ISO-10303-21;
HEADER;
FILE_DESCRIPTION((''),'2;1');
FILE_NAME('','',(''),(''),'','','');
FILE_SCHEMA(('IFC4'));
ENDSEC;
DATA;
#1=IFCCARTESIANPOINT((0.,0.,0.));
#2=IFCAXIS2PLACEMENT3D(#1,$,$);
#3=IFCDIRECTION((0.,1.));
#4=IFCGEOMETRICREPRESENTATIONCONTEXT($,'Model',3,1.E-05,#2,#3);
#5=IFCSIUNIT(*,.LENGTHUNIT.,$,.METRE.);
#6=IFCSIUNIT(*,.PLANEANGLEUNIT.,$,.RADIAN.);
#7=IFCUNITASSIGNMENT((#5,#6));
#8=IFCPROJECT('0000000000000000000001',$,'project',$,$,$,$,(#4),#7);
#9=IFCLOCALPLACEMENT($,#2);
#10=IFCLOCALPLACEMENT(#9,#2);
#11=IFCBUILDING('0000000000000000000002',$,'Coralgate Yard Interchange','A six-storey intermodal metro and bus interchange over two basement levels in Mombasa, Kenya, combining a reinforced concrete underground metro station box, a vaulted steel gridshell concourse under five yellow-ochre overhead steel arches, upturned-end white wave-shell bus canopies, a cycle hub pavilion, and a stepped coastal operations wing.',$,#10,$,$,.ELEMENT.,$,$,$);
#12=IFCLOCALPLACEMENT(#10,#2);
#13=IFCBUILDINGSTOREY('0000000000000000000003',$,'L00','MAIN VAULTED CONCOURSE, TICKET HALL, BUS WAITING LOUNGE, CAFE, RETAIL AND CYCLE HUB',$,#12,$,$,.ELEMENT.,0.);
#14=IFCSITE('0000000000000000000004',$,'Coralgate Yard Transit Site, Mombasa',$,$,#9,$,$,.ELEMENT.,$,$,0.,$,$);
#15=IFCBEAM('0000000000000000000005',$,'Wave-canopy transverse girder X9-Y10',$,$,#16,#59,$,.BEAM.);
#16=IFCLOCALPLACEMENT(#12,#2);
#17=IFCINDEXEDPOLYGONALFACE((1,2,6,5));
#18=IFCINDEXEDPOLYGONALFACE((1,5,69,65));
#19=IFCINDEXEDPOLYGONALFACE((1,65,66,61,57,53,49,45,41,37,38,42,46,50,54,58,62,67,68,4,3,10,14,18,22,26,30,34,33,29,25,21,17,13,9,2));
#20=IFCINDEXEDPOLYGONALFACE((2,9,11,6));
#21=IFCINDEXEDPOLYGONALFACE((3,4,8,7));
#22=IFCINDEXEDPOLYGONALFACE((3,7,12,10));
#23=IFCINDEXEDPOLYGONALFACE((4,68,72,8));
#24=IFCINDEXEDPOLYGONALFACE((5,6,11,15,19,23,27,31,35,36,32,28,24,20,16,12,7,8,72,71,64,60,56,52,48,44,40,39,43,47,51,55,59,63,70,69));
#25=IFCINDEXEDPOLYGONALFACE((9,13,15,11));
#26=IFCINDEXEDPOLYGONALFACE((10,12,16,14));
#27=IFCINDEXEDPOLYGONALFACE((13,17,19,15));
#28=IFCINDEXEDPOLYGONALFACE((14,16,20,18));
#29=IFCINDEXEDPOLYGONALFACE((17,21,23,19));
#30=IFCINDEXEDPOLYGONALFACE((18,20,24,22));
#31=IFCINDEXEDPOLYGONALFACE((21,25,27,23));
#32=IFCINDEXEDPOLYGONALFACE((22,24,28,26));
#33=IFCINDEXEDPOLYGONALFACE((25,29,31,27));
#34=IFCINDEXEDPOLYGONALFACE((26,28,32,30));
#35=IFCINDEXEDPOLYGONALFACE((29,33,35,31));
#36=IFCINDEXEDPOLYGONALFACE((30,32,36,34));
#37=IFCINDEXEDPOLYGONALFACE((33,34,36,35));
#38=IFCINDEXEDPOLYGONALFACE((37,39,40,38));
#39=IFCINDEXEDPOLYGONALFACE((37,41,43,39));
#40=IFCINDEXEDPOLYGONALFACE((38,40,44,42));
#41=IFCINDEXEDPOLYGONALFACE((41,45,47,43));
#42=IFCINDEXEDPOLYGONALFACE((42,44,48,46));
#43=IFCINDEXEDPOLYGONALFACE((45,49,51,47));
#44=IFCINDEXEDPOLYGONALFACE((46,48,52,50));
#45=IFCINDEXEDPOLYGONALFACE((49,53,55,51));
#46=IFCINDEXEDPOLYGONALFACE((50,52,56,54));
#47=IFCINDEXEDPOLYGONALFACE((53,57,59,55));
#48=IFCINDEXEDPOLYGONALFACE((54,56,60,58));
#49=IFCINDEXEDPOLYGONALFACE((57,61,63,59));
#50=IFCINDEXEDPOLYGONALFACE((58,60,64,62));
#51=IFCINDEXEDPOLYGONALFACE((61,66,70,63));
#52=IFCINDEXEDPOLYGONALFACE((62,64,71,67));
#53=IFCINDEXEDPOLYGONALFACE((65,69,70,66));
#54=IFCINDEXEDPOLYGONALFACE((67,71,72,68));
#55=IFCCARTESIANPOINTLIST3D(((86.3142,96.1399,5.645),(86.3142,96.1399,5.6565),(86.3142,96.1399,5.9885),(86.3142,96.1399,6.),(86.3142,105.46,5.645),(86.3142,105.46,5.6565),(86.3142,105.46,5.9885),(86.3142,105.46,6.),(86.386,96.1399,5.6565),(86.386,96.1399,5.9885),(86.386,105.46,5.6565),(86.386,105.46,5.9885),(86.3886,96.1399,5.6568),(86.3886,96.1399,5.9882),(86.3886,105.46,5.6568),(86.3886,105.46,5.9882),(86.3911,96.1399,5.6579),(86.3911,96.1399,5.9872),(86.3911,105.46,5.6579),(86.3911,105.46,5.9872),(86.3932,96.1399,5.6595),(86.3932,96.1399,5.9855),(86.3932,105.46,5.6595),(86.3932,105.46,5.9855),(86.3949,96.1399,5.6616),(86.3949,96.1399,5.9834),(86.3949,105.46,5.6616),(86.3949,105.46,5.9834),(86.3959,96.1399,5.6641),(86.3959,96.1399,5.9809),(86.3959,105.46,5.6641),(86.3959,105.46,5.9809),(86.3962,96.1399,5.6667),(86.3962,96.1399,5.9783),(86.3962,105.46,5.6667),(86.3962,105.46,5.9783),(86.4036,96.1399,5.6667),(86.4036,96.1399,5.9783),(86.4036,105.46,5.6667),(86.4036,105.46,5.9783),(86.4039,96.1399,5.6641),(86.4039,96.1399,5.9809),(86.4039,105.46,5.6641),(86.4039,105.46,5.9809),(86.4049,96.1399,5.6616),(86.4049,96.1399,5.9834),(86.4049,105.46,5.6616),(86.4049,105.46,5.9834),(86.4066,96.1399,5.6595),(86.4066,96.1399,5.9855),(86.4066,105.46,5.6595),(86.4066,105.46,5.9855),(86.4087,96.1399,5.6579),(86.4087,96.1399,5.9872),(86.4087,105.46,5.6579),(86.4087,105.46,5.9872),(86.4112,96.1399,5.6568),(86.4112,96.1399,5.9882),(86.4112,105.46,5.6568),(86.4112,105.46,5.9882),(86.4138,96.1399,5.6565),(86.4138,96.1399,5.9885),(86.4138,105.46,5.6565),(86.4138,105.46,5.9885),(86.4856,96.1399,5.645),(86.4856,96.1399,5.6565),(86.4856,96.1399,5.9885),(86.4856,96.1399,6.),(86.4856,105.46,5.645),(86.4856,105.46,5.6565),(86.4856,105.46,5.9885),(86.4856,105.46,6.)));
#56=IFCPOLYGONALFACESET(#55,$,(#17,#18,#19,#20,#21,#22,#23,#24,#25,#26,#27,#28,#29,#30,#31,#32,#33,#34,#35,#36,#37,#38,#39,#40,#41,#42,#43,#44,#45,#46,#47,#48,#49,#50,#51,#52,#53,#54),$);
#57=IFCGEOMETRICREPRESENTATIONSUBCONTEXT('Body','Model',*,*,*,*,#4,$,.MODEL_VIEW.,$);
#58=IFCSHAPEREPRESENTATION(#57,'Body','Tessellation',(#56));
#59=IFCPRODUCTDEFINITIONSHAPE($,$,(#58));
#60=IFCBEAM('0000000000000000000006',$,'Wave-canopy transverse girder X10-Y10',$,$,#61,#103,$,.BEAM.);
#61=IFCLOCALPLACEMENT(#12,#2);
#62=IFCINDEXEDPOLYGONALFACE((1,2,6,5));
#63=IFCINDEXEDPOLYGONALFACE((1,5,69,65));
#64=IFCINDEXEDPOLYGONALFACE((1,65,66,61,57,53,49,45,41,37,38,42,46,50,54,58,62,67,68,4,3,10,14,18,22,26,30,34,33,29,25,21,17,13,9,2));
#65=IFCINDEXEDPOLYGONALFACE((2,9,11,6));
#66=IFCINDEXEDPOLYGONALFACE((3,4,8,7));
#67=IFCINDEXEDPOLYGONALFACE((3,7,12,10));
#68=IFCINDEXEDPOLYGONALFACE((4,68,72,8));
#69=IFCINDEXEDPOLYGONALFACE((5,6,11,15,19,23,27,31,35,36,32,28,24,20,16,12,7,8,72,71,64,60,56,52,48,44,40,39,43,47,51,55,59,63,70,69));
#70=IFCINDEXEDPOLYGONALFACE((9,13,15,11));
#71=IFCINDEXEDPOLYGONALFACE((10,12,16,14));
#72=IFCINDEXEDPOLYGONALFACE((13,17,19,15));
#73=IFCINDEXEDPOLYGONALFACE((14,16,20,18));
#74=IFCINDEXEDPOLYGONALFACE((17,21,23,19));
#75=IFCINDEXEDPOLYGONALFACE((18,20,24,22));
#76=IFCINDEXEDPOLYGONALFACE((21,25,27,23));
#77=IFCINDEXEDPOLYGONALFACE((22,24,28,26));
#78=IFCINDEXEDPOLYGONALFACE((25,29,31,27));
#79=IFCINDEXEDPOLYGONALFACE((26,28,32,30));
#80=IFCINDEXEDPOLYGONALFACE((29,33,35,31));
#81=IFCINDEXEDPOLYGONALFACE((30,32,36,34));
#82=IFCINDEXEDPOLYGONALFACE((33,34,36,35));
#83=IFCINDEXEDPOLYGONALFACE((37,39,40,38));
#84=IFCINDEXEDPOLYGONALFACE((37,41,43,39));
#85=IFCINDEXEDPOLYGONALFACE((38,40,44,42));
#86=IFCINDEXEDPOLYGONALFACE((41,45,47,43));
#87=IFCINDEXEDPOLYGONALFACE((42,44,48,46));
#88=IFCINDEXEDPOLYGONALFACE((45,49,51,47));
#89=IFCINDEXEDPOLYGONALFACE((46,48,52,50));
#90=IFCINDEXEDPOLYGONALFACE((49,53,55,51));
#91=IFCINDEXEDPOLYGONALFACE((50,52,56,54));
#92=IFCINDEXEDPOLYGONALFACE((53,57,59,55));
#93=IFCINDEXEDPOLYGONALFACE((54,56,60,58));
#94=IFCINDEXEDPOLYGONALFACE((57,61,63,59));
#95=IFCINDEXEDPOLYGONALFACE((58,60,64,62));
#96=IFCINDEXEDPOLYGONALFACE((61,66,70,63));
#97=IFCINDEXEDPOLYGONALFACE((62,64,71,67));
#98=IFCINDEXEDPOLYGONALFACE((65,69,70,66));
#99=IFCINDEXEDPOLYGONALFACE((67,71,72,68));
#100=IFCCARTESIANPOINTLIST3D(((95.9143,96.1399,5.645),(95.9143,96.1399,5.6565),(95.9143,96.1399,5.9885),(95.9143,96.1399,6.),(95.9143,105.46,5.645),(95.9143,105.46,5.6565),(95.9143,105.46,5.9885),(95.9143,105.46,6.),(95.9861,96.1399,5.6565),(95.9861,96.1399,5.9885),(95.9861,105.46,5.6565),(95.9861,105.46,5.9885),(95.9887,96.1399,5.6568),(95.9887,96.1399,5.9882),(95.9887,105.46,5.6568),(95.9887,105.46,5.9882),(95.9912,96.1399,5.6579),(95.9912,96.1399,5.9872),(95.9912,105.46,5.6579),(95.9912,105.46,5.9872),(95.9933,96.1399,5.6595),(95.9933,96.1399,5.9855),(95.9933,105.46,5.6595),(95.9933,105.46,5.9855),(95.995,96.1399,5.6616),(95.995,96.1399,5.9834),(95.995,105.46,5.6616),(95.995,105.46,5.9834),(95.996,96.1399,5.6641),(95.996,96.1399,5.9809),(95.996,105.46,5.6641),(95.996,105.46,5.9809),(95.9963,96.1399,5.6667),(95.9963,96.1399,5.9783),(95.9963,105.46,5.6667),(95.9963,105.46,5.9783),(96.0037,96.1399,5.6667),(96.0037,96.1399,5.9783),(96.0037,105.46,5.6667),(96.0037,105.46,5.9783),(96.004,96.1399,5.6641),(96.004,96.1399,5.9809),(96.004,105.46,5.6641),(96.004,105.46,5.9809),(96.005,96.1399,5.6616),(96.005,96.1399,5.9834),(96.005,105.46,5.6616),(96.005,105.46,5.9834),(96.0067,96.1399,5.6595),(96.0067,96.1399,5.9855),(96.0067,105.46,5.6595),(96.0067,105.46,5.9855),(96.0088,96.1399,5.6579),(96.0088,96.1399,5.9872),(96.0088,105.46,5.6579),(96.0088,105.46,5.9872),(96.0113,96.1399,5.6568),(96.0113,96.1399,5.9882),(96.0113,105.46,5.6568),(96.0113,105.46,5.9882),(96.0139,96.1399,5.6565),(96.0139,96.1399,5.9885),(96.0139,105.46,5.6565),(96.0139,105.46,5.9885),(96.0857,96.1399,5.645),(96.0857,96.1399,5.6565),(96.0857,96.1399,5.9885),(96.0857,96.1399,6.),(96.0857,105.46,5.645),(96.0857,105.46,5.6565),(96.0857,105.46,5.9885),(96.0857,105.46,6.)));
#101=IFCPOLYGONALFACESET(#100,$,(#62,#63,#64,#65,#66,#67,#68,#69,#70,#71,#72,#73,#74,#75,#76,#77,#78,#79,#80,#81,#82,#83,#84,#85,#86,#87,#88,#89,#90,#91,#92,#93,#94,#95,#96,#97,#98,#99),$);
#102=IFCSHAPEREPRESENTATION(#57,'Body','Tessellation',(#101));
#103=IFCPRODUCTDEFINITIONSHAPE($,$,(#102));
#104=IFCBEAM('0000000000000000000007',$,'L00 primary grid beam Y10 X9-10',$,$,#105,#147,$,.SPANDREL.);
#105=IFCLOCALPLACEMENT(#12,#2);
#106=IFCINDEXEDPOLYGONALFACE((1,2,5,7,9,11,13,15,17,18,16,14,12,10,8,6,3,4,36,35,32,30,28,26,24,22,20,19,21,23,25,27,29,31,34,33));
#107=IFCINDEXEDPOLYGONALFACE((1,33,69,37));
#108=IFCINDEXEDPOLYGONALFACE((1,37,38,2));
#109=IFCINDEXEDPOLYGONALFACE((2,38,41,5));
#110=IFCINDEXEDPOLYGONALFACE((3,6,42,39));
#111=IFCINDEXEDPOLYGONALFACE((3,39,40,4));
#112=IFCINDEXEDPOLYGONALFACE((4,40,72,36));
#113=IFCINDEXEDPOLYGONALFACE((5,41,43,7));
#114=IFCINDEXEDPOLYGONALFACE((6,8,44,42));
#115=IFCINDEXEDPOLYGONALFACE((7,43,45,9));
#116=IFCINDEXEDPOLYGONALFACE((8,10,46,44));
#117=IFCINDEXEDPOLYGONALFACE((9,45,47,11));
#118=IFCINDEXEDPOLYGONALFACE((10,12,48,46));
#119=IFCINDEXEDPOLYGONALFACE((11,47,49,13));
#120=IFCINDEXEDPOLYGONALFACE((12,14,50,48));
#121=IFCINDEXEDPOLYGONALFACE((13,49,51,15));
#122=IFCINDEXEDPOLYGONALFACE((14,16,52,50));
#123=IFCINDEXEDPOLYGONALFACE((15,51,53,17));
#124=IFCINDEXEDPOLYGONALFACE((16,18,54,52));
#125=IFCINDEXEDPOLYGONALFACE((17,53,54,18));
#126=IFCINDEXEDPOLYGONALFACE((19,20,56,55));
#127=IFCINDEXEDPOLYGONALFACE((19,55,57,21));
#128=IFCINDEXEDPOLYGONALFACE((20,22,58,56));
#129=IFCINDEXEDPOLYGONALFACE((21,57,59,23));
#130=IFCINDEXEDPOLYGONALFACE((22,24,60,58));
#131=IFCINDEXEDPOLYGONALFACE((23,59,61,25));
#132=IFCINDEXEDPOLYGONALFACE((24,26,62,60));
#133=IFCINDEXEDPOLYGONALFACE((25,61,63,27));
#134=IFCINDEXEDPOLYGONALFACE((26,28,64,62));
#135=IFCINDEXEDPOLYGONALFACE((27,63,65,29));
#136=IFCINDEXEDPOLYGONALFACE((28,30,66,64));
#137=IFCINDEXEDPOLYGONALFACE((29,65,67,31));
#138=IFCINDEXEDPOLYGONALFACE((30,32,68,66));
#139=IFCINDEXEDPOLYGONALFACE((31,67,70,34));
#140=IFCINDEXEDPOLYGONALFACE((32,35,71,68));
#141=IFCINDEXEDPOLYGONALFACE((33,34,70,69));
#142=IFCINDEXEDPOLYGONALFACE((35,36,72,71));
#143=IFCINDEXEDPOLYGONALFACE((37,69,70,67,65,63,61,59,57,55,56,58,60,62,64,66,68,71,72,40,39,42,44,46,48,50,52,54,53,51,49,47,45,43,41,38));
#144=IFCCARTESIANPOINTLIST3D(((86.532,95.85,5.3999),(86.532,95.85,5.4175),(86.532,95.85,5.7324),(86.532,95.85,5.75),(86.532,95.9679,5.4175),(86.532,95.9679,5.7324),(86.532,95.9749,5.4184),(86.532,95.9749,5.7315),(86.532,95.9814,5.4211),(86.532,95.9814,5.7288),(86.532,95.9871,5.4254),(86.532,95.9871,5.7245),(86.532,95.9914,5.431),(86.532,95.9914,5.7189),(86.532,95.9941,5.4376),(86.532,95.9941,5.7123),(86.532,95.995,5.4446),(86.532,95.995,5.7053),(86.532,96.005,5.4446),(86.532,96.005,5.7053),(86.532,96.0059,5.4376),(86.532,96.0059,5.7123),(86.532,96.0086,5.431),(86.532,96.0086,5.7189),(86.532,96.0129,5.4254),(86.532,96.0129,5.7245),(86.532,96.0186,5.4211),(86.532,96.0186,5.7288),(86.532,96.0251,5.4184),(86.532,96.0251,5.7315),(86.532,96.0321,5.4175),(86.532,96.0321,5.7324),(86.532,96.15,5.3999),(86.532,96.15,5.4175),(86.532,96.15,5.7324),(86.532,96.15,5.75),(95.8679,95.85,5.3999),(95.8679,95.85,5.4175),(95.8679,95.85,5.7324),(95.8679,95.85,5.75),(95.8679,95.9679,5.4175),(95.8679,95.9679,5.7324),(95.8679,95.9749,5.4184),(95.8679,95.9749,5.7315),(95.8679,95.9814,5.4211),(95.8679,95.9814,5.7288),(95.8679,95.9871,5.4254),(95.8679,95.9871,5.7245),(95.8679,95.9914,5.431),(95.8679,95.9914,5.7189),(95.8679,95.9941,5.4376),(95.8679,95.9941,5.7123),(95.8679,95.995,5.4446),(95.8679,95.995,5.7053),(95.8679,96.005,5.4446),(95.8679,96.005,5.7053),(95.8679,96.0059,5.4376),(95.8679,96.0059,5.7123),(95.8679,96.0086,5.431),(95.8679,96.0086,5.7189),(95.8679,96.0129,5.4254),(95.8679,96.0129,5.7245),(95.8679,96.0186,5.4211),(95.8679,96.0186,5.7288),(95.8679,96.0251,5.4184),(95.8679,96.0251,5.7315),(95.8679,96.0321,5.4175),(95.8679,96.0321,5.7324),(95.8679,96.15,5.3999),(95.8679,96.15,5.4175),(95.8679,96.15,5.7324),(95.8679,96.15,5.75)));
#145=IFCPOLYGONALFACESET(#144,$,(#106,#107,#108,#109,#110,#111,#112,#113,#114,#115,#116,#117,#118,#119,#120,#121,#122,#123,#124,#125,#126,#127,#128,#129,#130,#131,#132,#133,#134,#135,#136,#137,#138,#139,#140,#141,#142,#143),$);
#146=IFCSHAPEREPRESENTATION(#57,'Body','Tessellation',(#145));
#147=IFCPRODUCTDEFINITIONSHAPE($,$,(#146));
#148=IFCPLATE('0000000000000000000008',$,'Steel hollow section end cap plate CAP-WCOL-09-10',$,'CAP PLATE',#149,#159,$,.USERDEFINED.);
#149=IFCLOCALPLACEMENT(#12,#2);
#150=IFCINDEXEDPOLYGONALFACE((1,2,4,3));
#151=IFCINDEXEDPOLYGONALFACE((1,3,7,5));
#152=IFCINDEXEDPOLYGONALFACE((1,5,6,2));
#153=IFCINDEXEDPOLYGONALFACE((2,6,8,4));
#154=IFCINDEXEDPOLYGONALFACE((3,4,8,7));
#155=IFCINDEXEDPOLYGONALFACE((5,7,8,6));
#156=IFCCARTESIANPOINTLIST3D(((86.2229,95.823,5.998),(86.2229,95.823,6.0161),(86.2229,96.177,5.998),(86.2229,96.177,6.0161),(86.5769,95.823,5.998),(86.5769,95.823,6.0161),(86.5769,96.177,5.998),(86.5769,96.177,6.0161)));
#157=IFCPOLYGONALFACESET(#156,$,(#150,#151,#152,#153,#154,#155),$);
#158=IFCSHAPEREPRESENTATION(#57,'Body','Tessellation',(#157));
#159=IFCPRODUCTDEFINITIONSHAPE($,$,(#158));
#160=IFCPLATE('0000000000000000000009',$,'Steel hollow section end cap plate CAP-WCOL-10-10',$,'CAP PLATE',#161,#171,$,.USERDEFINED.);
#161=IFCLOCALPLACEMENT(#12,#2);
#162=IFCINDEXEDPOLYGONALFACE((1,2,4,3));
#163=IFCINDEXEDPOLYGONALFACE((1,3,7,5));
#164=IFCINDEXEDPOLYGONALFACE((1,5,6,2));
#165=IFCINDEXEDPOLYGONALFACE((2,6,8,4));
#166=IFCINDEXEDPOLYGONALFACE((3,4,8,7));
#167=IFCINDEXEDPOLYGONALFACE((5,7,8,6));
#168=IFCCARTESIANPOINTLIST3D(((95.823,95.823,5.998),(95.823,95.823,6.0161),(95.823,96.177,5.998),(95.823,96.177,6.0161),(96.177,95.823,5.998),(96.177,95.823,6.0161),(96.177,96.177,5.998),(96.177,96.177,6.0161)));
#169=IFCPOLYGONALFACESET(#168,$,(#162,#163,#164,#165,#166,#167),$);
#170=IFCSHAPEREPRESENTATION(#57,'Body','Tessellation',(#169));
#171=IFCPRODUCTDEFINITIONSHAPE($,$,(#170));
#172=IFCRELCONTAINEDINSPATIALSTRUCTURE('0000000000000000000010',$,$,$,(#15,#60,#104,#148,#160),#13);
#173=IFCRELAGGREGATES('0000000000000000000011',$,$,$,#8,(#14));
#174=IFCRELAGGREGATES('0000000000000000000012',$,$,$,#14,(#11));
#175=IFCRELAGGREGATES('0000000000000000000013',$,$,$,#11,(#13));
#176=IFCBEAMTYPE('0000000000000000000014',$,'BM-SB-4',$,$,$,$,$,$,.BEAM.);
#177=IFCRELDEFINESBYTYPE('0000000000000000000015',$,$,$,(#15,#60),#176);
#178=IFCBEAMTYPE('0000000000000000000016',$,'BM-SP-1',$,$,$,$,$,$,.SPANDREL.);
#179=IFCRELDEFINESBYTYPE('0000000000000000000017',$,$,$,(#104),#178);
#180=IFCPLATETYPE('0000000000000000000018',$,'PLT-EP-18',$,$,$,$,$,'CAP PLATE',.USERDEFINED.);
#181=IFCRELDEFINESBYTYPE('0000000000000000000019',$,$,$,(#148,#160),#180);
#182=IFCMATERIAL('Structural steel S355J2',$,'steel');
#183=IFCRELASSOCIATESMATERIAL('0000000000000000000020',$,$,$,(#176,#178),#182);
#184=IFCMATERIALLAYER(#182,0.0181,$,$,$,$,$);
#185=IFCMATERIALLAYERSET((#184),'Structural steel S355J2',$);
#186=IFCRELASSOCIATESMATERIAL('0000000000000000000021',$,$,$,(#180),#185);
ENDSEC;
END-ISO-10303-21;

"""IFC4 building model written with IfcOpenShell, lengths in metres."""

from ifc_helpers import new_model, si_unit, direction, frame, origin, origin_2d, place, context, subcontext, project, spatial, rectangle, i_section, extrude, material, layer, layer_set, material_profile, profile_set, type_object, element, save


model = new_model("IFC4")

# Units and contexts
model_context = context("Model", 3, precision=1e-05, world=origin(), true_north=direction((0.0, 1.0)))
body_context = subcontext(model_context, "Body", "Model", "MODEL_VIEW")
ifc_project = project(units=[si_unit("LENGTHUNIT", "METRE"), si_unit("PLANEANGLEUNIT", "RADIAN")], contexts=[model_context])

# Site, building, storey
site_placement = place(None, origin())
site = spatial("IfcSite", under=ifc_project, at=site_placement, Name="Coralgate Yard Transit Site, Mombasa", CompositionType="ELEMENT", RefElevation=0.0)
building_placement = place(site_placement, origin())
building = spatial("IfcBuilding", under=site, at=building_placement, Name="Coralgate Yard Interchange", Description="A six-storey intermodal metro and bus interchange over two basement levels in Mombasa, Kenya, combining a reinforced concrete underground metro station box, a vaulted steel gridshell concourse under five yellow-ochre overhead steel arches, upturned-end white wave-shell bus canopies, a cycle hub pavilion, and a stepped coastal operations wing.", CompositionType="ELEMENT")
storey_placement = place(building_placement, origin())
storey = spatial("IfcBuildingStorey", under=building, at=storey_placement, Name="L00", Description="MAIN VAULTED CONCOURSE, TICKET HALL, BUS WAITING LOUNGE, CAFE, RETAIL AND CYCLE HUB", CompositionType="ELEMENT", Elevation=0.0)

# Shared definitions
ifc_material_1 = material(Name="Structural steel S355J2", Category="steel")

# Beams
ifc_material_profile_1 = material_profile(ifc_material_1, i_section(OverallWidth=0.1714, OverallDepth=0.355, WebThickness=0.0073, FlangeThickness=0.0115, FilletRadius=0.0103, at=origin_2d()), Name="UB 356x171x51")
ifc_profile_set_1 = profile_set([ifc_material_profile_1], Name="Structural steel S355J2")
beam_type_1 = type_object("IfcBeamType", Name="BM-SB-4", PredefinedType="BEAM", material=ifc_profile_set_1)
for number, where, z_axis, x_axis, name in (
    (1, (86.3999, 96.1399, 5.8225), (0.0, 1.0, 0.0), (-1.0, 0.0, 0.0), "Wave-canopy transverse girder X9-Y10"),
    (2, (96.0, 96.1399, 5.8225), (0.0, 1.0, 0.0), (-1.0, 0.0, 0.0), "Wave-canopy transverse girder X10-Y10"),
):
    element("IfcBeam", number, at=place(storey_placement, frame(where, z_axis=z_axis, x_axis=x_axis)), inside=storey, type_object=beam_type_1, Name=name, PredefinedType="BEAM", context=body_context, shape_type="SweptSolid", body=[
        extrude(i_section(OverallWidth=0.1714, OverallDepth=0.355, WebThickness=0.0073, FlangeThickness=0.0115, FilletRadius=0.0103, at=origin_2d()), origin(), (0.0, 0.0, 1.0), 9.3201),
    ])
ifc_material_profile_2 = material_profile(ifc_material_1, i_section(OverallWidth=0.3, OverallDepth=0.3501, WebThickness=0.01, FlangeThickness=0.0176, FilletRadius=0.0271, at=origin_2d()), Name="HEA 360")
ifc_profile_set_2 = profile_set([ifc_material_profile_2], Name="Structural steel S355J2")
beam_type_2 = type_object("IfcBeamType", Name="BM-SP-1", PredefinedType="SPANDREL", material=ifc_profile_set_2)
beam_placement = place(storey_placement, frame((86.532, 96.0, 5.575), z_axis=(1.0, 0.0, 0.0), x_axis=(0.0, 1.0, 0.0)))
element("IfcBeam", 3, at=beam_placement, inside=storey, type_object=beam_type_2, Name="L00 primary grid beam Y10 X9-10", PredefinedType="SPANDREL", context=body_context, shape_type="SweptSolid", body=[
    extrude(i_section(OverallWidth=0.3, OverallDepth=0.3501, WebThickness=0.01, FlangeThickness=0.0176, FilletRadius=0.0271, at=origin_2d()), origin(), (0.0, 0.0, 1.0), 9.3359),
])

# Plates
ifc_layer_1 = layer(ifc_material_1, 0.0181)
ifc_layer_set_1 = layer_set([ifc_layer_1], Name="Structural steel S355J2")
plate_type = type_object("IfcPlateType", Name="PLT-EP-18", ElementType="CAP PLATE", PredefinedType="USERDEFINED", material=ifc_layer_set_1)
for number, where, z_axis, x_axis, name in (
    (4, (86.3999, 96.0, 5.998), (0.0, 0.0, 1.0), (1.0, 0.0, 0.0), "Steel hollow section end cap plate CAP-WCOL-09-10"),
    (5, (96.0, 96.0, 5.998), (0.0, 0.0, 1.0), (1.0, 0.0, 0.0), "Steel hollow section end cap plate CAP-WCOL-10-10"),
):
    element("IfcPlate", number, at=place(storey_placement, frame(where, z_axis=z_axis, x_axis=x_axis)), inside=storey, type_object=plate_type, Name=name, ObjectType="CAP PLATE", PredefinedType="USERDEFINED", context=body_context, shape_type="SweptSolid", body=[
        extrude(rectangle(XDim=0.354, YDim=0.354, at=origin_2d()), origin(), (0.0, 0.0, 1.0), 0.0181),
    ])

save(model, "model.ifc")
